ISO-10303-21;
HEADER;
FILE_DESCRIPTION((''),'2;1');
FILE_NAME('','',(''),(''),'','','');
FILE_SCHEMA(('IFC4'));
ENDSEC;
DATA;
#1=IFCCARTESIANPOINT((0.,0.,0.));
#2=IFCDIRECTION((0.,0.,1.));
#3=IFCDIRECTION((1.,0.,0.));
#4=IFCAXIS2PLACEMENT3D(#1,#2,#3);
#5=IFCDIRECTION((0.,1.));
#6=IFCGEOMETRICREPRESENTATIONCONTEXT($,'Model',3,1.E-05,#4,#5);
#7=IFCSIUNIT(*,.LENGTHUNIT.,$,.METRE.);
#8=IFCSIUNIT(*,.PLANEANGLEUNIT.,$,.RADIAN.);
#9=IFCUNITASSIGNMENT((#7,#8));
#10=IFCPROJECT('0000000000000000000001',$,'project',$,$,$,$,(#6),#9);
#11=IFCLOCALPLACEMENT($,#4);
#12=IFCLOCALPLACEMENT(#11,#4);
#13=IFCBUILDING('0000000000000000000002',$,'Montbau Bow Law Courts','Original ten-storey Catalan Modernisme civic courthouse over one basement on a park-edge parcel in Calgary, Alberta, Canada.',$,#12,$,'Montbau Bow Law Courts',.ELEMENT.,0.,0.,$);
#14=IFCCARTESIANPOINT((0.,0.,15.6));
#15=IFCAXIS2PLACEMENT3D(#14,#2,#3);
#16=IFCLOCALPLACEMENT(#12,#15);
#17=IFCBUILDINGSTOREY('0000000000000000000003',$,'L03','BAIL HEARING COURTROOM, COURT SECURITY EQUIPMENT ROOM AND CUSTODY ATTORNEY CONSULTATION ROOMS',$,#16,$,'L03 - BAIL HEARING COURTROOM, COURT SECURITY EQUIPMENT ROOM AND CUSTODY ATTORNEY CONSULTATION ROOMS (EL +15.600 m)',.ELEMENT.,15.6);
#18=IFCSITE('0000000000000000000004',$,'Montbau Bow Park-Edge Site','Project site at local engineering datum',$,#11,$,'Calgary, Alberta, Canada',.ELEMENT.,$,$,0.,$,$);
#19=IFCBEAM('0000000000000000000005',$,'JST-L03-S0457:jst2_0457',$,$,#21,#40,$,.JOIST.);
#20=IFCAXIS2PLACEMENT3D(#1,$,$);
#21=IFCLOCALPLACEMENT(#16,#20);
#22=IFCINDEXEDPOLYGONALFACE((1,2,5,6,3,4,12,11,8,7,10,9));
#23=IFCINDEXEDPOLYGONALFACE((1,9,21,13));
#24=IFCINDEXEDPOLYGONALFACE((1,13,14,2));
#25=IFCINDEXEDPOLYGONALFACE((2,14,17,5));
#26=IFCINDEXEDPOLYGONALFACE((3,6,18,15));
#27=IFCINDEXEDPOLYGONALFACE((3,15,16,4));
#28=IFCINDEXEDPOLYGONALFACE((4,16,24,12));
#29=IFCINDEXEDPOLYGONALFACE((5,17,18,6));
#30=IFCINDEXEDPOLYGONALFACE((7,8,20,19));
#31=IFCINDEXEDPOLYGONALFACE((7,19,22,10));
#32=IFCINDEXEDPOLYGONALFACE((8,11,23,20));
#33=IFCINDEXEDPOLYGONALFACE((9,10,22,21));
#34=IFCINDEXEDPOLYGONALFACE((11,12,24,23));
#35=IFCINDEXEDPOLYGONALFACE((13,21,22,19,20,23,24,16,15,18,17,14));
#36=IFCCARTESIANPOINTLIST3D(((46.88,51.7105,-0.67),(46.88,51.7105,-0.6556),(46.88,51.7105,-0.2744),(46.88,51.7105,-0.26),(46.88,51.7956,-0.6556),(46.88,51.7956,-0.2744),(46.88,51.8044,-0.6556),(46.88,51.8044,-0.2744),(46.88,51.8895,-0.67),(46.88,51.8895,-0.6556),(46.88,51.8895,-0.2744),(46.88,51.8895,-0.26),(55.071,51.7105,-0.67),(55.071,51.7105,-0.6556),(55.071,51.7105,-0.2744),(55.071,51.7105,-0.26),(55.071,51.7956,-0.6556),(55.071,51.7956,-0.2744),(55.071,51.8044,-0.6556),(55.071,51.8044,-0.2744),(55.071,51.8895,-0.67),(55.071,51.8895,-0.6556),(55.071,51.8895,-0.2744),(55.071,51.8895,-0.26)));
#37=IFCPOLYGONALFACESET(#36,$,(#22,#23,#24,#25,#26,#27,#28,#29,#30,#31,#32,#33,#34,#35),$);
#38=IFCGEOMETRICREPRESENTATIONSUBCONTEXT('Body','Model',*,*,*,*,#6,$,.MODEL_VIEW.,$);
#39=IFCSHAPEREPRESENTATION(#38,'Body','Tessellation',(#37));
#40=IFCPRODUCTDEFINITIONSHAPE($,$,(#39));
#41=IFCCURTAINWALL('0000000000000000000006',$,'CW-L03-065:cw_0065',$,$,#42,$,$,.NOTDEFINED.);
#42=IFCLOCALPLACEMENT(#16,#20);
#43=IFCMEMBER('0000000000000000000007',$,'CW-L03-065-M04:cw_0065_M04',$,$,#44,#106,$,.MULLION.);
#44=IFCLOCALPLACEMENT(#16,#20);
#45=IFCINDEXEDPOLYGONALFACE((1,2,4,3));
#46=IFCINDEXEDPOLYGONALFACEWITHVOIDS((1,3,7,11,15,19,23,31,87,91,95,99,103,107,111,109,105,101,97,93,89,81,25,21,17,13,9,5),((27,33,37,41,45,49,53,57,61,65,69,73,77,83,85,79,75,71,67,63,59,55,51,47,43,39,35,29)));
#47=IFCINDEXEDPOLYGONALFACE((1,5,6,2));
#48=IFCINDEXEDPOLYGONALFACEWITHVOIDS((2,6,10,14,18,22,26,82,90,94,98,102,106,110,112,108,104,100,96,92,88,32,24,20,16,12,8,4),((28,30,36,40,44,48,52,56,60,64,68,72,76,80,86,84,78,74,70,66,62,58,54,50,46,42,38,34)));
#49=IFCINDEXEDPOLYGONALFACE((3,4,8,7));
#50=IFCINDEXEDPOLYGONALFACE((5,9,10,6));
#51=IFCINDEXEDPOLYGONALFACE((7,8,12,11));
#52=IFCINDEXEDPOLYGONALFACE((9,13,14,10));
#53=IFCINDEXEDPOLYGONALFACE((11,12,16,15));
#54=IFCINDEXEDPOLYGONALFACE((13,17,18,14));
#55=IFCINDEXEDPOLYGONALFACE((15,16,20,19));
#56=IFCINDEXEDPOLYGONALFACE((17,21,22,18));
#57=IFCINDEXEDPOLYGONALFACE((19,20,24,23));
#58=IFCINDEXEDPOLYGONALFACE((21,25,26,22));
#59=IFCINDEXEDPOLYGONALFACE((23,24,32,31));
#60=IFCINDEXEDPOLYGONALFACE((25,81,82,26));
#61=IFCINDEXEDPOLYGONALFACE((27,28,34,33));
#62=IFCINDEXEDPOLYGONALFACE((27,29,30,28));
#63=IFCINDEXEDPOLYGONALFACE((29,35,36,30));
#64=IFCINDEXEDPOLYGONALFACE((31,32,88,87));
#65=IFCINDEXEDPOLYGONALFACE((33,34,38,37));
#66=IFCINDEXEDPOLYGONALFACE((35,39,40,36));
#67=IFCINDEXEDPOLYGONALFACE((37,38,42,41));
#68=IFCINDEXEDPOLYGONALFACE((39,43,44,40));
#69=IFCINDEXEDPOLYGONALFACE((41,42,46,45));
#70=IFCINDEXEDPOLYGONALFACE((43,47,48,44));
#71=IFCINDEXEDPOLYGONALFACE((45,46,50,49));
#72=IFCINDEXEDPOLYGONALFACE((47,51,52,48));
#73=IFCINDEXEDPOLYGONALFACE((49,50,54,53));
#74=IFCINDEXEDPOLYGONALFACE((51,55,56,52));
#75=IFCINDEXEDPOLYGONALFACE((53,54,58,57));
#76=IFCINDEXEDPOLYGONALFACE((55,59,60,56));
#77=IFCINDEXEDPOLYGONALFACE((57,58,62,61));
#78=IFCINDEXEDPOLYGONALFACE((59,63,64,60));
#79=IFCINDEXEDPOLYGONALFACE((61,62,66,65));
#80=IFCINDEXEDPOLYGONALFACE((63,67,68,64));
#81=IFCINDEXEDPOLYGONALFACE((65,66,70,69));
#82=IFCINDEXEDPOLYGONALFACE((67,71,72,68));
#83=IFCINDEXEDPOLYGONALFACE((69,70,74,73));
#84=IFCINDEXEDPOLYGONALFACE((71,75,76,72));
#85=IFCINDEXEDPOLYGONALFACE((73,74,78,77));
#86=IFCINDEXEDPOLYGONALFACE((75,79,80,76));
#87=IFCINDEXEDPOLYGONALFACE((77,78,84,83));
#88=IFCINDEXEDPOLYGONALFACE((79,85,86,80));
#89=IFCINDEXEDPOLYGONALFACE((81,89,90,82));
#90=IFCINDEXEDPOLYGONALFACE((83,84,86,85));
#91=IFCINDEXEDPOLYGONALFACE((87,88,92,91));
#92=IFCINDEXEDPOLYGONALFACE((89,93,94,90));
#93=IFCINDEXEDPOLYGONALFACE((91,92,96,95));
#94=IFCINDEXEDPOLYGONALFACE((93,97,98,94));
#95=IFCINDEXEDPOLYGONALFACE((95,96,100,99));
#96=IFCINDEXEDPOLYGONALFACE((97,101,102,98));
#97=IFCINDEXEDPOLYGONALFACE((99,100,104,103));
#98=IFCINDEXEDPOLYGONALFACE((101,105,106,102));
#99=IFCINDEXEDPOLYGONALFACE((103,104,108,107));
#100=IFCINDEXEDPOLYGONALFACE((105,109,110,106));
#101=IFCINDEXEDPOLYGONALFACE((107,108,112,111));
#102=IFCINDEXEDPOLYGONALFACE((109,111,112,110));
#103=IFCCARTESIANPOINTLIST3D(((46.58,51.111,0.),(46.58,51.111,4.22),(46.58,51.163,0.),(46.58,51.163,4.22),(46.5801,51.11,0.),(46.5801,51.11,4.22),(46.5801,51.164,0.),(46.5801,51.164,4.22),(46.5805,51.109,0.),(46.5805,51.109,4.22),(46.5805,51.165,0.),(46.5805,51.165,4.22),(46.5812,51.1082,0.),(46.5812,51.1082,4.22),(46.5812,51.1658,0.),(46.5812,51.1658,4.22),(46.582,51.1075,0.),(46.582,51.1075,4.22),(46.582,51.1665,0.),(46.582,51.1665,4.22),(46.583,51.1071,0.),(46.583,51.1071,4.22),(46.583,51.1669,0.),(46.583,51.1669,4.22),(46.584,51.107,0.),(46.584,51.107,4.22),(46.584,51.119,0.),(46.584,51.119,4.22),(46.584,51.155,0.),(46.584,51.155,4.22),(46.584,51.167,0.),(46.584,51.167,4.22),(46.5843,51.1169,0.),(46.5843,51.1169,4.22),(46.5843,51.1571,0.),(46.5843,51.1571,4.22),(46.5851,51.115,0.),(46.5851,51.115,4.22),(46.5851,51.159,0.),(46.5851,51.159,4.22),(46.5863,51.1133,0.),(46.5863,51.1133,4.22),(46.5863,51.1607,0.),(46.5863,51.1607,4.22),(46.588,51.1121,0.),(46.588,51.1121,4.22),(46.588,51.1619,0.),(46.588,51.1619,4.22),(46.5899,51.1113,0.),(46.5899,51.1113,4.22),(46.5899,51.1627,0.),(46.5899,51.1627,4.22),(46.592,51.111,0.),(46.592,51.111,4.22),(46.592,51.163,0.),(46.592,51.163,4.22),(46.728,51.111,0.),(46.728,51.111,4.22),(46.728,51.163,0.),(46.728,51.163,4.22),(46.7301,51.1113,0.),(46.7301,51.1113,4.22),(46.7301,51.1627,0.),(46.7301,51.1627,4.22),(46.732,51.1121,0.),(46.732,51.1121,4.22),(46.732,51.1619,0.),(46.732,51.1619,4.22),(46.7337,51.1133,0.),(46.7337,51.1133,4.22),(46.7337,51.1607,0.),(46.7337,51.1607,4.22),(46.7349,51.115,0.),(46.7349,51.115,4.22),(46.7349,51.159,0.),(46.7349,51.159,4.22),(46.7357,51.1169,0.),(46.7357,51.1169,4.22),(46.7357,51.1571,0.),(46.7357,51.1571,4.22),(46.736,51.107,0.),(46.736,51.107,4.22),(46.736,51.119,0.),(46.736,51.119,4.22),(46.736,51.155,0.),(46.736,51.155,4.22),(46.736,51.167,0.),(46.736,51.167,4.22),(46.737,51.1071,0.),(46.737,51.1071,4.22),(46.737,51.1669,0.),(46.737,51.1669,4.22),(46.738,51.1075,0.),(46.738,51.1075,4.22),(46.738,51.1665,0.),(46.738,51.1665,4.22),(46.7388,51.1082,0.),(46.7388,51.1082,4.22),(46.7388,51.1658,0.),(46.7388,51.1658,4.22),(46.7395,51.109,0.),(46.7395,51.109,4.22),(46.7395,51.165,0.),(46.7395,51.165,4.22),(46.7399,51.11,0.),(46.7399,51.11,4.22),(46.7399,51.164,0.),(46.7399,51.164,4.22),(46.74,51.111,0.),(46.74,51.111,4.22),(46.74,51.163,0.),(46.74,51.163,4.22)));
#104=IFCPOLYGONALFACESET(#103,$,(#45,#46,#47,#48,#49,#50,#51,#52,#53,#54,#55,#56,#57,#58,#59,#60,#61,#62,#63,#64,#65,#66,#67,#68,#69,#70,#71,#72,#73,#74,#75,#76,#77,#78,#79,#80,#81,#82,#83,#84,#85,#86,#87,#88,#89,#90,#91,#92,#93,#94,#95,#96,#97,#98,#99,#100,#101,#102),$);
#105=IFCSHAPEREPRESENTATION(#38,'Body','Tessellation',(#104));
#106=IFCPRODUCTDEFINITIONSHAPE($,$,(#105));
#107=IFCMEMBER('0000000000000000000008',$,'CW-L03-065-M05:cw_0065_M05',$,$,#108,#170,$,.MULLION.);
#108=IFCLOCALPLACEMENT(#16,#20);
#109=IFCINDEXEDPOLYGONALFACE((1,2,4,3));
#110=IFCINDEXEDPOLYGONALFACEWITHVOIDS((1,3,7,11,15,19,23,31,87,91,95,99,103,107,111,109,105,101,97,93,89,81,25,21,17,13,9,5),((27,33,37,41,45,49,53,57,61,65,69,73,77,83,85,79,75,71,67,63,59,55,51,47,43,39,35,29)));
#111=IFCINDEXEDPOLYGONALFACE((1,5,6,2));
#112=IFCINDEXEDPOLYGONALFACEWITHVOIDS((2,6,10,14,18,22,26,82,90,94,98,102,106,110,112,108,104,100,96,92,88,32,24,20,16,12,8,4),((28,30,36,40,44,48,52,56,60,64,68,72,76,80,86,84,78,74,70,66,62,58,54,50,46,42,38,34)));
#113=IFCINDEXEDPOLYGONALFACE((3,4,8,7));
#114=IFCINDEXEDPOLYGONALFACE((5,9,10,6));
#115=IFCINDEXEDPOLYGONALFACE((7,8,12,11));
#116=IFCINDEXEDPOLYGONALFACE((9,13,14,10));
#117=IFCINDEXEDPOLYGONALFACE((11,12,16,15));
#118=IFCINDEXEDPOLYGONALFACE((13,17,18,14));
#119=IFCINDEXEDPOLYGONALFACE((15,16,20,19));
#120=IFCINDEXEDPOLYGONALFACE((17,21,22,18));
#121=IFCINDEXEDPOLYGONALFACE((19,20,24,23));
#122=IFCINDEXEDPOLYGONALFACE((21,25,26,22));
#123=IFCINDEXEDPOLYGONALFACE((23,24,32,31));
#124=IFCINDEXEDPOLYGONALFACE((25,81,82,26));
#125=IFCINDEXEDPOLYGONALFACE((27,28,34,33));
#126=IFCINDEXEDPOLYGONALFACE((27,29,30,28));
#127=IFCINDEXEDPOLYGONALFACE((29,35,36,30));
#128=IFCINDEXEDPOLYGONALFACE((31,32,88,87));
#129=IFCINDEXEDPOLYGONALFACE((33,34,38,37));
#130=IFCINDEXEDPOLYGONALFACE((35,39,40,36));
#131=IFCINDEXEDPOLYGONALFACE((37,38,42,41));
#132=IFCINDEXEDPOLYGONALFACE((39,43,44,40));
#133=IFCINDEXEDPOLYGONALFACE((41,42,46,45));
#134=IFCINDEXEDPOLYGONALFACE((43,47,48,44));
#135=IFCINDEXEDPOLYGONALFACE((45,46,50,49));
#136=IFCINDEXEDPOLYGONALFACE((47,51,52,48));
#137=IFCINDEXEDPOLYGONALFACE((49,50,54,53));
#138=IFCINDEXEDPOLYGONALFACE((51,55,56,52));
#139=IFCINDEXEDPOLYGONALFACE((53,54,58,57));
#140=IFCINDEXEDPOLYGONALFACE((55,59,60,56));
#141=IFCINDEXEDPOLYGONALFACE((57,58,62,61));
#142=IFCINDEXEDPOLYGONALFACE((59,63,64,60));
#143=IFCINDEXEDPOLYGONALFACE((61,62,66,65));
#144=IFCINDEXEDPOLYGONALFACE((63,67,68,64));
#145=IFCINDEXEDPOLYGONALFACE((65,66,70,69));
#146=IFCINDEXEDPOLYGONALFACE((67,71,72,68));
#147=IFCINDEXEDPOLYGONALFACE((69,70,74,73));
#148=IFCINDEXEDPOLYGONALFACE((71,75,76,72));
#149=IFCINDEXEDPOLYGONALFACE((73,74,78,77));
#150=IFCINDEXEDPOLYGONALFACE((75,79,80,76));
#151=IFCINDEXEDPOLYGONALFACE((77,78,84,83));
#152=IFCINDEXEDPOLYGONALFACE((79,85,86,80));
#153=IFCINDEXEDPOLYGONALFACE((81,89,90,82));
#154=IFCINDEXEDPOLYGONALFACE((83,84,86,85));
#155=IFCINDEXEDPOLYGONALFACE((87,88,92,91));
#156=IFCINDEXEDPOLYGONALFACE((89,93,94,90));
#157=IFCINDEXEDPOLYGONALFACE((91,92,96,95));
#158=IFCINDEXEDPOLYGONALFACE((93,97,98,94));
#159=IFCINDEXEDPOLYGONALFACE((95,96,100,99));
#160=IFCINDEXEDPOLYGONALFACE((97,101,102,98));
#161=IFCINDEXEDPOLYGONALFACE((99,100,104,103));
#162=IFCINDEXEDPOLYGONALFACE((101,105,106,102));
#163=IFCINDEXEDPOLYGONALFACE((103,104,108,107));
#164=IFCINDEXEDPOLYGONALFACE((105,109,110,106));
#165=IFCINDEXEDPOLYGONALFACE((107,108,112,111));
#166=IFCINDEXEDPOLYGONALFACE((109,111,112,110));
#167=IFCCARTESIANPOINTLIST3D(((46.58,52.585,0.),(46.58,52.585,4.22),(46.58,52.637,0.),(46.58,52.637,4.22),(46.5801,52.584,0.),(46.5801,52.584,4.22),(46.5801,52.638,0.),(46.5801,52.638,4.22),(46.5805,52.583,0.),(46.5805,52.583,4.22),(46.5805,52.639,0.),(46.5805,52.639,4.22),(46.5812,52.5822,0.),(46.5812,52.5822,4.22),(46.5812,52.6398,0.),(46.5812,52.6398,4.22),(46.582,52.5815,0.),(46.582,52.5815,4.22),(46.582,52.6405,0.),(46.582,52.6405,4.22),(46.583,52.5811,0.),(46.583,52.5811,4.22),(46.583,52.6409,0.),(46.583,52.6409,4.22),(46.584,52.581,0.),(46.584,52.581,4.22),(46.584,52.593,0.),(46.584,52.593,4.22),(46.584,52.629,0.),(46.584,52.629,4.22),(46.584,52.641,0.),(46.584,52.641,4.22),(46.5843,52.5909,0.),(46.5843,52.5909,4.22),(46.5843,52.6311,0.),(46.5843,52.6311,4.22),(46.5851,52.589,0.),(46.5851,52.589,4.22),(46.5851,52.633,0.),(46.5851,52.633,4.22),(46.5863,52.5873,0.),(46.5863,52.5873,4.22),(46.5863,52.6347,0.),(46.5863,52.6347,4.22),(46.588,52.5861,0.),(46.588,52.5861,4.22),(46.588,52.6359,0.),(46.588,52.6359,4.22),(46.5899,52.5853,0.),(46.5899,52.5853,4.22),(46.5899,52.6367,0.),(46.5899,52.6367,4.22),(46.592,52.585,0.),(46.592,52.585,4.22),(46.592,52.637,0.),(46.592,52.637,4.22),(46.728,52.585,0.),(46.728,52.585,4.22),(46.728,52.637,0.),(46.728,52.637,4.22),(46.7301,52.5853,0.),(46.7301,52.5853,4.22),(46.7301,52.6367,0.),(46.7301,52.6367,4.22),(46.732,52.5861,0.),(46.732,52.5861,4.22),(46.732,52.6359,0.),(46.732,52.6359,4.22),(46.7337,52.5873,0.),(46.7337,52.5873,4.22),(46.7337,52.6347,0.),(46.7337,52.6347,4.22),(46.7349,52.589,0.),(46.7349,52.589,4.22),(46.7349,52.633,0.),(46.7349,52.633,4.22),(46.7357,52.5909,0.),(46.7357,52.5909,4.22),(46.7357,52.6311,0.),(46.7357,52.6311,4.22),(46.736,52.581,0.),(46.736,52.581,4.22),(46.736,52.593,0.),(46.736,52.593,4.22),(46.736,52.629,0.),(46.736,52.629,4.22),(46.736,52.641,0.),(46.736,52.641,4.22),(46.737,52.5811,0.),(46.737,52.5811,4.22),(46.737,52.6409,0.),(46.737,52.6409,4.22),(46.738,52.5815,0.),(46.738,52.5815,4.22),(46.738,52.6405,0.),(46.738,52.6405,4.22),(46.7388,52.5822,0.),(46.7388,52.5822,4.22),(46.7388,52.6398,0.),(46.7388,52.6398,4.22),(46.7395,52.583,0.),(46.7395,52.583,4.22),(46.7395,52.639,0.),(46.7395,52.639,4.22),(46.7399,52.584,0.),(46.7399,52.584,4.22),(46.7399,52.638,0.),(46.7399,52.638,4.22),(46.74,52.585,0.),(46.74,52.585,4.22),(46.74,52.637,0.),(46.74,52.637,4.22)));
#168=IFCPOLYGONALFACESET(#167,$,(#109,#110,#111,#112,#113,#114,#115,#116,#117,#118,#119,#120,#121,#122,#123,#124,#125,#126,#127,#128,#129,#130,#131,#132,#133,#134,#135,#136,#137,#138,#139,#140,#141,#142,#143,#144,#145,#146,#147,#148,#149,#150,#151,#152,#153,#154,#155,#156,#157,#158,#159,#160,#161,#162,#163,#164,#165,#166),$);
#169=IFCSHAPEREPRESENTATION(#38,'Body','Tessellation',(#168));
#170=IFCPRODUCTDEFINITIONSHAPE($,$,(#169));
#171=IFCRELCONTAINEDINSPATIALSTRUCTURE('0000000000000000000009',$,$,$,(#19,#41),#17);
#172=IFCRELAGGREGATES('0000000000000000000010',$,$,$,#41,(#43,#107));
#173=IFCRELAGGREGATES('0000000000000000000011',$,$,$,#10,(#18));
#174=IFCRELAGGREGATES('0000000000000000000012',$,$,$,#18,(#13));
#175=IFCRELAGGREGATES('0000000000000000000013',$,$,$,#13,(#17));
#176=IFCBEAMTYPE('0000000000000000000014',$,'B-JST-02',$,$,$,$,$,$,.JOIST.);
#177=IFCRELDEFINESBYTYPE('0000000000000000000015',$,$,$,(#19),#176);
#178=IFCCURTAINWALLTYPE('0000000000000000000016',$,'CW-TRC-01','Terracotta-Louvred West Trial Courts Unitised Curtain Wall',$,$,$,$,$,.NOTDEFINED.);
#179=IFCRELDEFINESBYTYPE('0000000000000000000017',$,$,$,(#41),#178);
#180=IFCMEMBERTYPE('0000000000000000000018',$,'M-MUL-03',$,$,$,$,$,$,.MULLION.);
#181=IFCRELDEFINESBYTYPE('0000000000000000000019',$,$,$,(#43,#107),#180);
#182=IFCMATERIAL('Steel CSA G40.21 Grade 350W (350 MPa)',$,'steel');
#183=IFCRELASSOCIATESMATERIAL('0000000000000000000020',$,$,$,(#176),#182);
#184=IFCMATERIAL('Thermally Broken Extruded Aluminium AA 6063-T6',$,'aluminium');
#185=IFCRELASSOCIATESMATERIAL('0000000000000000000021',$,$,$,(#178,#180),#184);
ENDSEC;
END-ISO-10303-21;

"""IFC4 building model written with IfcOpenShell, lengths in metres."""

from ifc_helpers import new_model, si_unit, direction, frame, origin_with_axes, origin_2d_with_axis, place, context, subcontext, project, spatial, hollow_rectangle, i_section, extrude, material, material_profile, profile_set, type_object, element, aggregate, save


model = new_model("IFC4")

# Units and contexts
model_context = context("Model", 3, precision=1e-05, world=origin_with_axes(), true_north=direction((0.0, 1.0)))
body_context = subcontext(model_context, "Body", "Model", "MODEL_VIEW")
ifc_project = project(units=[si_unit("LENGTHUNIT", "METRE"), si_unit("PLANEANGLEUNIT", "RADIAN")], contexts=[model_context])

# Site, building, storey
site_placement = place(None, origin_with_axes())
site = spatial("IfcSite", under=ifc_project, at=site_placement, Name="Montbau Bow Park-Edge Site", Description="Project site at local engineering datum", LongName="Calgary, Alberta, Canada", CompositionType="ELEMENT", RefElevation=0.0)
building_placement = place(site_placement, origin_with_axes())
building = spatial("IfcBuilding", under=site, at=building_placement, Name="Montbau Bow Law Courts", Description="Original ten-storey Catalan Modernisme civic courthouse over one basement on a park-edge parcel in Calgary, Alberta, Canada.", LongName="Montbau Bow Law Courts", CompositionType="ELEMENT", ElevationOfRefHeight=0.0, ElevationOfTerrain=0.0)
storey_placement = place(building_placement, frame((0.0, 0.0, 15.6), z_axis=(0.0, 0.0, 1.0), x_axis=(1.0, 0.0, 0.0)))
storey = spatial("IfcBuildingStorey", under=building, at=storey_placement, Name="L03", Description="BAIL HEARING COURTROOM, COURT SECURITY EQUIPMENT ROOM AND CUSTODY ATTORNEY CONSULTATION ROOMS", LongName="L03 - BAIL HEARING COURTROOM, COURT SECURITY EQUIPMENT ROOM AND CUSTODY ATTORNEY CONSULTATION ROOMS (EL +15.600 m)", CompositionType="ELEMENT", Elevation=15.6)

# Beam
ifc_material_1 = material(Name="Steel CSA G40.21 Grade 350W (350 MPa)", Category="steel")
ifc_material_profile_1 = material_profile(ifc_material_1, i_section(OverallWidth=0.179, OverallDepth=0.41, WebThickness=0.0088, FlangeThickness=0.0144, at=origin_2d_with_axis()), Name="W410X67", Category="Main", Priority=0)
ifc_profile_set_1 = profile_set([ifc_material_profile_1], Name="Steel CSA G40.21 Grade 350W (350 MPa)")
beam_type = type_object("IfcBeamType", Name="B-JST-02", PredefinedType="JOIST", material=ifc_profile_set_1)
beam_placement = place(None, frame((46.88, 51.8, 15.135), z_axis=(1.0, 0.0, 0.0), x_axis=(0.0, 1.0, 0.0)))
element("IfcBeam", 1, at=beam_placement, inside=storey, type_object=beam_type, Name="JST-L03-S0457:jst2_0457", PredefinedType="JOIST", context=body_context, shape_type="SweptSolid", body=[
    extrude(i_section(OverallWidth=0.179, OverallDepth=0.41, WebThickness=0.0088, FlangeThickness=0.0144, at=origin_2d_with_axis()), origin_with_axes(), (0.0, 0.0, 1.0), 8.191),
])

# Curtain wall, members
ifc_material_2 = material(Name="Thermally Broken Extruded Aluminium AA 6063-T6", Category="aluminium")
curtain_wall_type_1 = type_object("IfcCurtainWallType", Name="CW-TRC-01", Description="Terracotta-Louvred West Trial Courts Unitised Curtain Wall", PredefinedType="NOTDEFINED", material=ifc_material_2)
curtain_wall_1_placement = place(None, frame((46.66, 46.715, 15.6), z_axis=(0.0, 0.0, 1.0), x_axis=(1.0, 0.0, 0.0)))
curtain_wall_1 = element("IfcCurtainWall", 2, at=curtain_wall_1_placement, inside=storey, type_object=curtain_wall_type_1, Name="CW-L03-065:cw_0065", PredefinedType="NOTDEFINED")
ifc_material_profile_2 = material_profile(ifc_material_2, hollow_rectangle(XDim=0.06, YDim=0.16, WallThickness=0.004, InnerFilletRadius=0.008, OuterFilletRadius=0.004, at=origin_2d_with_axis()), Name="CWM-160X60", Category="Main", Priority=0)
ifc_profile_set_2 = profile_set([ifc_material_profile_2], Name="Thermally Broken Extruded Aluminium AA 6063-T6")
member_type_1 = type_object("IfcMemberType", Name="M-MUL-03", PredefinedType="MULLION", material=ifc_profile_set_2)
member_1_placement = place(None, frame((46.66, 51.137, 15.6), z_axis=(0.0, 0.0, 1.0), x_axis=(0.0, 1.0, 0.0)))
member_1 = element("IfcMember", 3, at=member_1_placement, type_object=member_type_1, Name="CW-L03-065-M04:cw_0065_M04", PredefinedType="MULLION", context=body_context, shape_type="SweptSolid", body=[
    extrude(hollow_rectangle(XDim=0.06, YDim=0.16, WallThickness=0.004, InnerFilletRadius=0.008, OuterFilletRadius=0.004, at=origin_2d_with_axis()), origin_with_axes(), (0.0, 0.0, 1.0), 4.22),
])
member_2_placement = place(None, frame((46.66, 52.611, 15.6), z_axis=(0.0, 0.0, 1.0), x_axis=(0.0, 1.0, 0.0)))
member_2 = element("IfcMember", 4, at=member_2_placement, type_object=member_type_1, Name="CW-L03-065-M05:cw_0065_M05", PredefinedType="MULLION", context=body_context, shape_type="SweptSolid", body=[
    extrude(hollow_rectangle(XDim=0.06, YDim=0.16, WallThickness=0.004, InnerFilletRadius=0.008, OuterFilletRadius=0.004, at=origin_2d_with_axis()), origin_with_axes(), (0.0, 0.0, 1.0), 4.22),
])

aggregate(curtain_wall_1, [member_1, member_2])

save(model, "model.ifc")
